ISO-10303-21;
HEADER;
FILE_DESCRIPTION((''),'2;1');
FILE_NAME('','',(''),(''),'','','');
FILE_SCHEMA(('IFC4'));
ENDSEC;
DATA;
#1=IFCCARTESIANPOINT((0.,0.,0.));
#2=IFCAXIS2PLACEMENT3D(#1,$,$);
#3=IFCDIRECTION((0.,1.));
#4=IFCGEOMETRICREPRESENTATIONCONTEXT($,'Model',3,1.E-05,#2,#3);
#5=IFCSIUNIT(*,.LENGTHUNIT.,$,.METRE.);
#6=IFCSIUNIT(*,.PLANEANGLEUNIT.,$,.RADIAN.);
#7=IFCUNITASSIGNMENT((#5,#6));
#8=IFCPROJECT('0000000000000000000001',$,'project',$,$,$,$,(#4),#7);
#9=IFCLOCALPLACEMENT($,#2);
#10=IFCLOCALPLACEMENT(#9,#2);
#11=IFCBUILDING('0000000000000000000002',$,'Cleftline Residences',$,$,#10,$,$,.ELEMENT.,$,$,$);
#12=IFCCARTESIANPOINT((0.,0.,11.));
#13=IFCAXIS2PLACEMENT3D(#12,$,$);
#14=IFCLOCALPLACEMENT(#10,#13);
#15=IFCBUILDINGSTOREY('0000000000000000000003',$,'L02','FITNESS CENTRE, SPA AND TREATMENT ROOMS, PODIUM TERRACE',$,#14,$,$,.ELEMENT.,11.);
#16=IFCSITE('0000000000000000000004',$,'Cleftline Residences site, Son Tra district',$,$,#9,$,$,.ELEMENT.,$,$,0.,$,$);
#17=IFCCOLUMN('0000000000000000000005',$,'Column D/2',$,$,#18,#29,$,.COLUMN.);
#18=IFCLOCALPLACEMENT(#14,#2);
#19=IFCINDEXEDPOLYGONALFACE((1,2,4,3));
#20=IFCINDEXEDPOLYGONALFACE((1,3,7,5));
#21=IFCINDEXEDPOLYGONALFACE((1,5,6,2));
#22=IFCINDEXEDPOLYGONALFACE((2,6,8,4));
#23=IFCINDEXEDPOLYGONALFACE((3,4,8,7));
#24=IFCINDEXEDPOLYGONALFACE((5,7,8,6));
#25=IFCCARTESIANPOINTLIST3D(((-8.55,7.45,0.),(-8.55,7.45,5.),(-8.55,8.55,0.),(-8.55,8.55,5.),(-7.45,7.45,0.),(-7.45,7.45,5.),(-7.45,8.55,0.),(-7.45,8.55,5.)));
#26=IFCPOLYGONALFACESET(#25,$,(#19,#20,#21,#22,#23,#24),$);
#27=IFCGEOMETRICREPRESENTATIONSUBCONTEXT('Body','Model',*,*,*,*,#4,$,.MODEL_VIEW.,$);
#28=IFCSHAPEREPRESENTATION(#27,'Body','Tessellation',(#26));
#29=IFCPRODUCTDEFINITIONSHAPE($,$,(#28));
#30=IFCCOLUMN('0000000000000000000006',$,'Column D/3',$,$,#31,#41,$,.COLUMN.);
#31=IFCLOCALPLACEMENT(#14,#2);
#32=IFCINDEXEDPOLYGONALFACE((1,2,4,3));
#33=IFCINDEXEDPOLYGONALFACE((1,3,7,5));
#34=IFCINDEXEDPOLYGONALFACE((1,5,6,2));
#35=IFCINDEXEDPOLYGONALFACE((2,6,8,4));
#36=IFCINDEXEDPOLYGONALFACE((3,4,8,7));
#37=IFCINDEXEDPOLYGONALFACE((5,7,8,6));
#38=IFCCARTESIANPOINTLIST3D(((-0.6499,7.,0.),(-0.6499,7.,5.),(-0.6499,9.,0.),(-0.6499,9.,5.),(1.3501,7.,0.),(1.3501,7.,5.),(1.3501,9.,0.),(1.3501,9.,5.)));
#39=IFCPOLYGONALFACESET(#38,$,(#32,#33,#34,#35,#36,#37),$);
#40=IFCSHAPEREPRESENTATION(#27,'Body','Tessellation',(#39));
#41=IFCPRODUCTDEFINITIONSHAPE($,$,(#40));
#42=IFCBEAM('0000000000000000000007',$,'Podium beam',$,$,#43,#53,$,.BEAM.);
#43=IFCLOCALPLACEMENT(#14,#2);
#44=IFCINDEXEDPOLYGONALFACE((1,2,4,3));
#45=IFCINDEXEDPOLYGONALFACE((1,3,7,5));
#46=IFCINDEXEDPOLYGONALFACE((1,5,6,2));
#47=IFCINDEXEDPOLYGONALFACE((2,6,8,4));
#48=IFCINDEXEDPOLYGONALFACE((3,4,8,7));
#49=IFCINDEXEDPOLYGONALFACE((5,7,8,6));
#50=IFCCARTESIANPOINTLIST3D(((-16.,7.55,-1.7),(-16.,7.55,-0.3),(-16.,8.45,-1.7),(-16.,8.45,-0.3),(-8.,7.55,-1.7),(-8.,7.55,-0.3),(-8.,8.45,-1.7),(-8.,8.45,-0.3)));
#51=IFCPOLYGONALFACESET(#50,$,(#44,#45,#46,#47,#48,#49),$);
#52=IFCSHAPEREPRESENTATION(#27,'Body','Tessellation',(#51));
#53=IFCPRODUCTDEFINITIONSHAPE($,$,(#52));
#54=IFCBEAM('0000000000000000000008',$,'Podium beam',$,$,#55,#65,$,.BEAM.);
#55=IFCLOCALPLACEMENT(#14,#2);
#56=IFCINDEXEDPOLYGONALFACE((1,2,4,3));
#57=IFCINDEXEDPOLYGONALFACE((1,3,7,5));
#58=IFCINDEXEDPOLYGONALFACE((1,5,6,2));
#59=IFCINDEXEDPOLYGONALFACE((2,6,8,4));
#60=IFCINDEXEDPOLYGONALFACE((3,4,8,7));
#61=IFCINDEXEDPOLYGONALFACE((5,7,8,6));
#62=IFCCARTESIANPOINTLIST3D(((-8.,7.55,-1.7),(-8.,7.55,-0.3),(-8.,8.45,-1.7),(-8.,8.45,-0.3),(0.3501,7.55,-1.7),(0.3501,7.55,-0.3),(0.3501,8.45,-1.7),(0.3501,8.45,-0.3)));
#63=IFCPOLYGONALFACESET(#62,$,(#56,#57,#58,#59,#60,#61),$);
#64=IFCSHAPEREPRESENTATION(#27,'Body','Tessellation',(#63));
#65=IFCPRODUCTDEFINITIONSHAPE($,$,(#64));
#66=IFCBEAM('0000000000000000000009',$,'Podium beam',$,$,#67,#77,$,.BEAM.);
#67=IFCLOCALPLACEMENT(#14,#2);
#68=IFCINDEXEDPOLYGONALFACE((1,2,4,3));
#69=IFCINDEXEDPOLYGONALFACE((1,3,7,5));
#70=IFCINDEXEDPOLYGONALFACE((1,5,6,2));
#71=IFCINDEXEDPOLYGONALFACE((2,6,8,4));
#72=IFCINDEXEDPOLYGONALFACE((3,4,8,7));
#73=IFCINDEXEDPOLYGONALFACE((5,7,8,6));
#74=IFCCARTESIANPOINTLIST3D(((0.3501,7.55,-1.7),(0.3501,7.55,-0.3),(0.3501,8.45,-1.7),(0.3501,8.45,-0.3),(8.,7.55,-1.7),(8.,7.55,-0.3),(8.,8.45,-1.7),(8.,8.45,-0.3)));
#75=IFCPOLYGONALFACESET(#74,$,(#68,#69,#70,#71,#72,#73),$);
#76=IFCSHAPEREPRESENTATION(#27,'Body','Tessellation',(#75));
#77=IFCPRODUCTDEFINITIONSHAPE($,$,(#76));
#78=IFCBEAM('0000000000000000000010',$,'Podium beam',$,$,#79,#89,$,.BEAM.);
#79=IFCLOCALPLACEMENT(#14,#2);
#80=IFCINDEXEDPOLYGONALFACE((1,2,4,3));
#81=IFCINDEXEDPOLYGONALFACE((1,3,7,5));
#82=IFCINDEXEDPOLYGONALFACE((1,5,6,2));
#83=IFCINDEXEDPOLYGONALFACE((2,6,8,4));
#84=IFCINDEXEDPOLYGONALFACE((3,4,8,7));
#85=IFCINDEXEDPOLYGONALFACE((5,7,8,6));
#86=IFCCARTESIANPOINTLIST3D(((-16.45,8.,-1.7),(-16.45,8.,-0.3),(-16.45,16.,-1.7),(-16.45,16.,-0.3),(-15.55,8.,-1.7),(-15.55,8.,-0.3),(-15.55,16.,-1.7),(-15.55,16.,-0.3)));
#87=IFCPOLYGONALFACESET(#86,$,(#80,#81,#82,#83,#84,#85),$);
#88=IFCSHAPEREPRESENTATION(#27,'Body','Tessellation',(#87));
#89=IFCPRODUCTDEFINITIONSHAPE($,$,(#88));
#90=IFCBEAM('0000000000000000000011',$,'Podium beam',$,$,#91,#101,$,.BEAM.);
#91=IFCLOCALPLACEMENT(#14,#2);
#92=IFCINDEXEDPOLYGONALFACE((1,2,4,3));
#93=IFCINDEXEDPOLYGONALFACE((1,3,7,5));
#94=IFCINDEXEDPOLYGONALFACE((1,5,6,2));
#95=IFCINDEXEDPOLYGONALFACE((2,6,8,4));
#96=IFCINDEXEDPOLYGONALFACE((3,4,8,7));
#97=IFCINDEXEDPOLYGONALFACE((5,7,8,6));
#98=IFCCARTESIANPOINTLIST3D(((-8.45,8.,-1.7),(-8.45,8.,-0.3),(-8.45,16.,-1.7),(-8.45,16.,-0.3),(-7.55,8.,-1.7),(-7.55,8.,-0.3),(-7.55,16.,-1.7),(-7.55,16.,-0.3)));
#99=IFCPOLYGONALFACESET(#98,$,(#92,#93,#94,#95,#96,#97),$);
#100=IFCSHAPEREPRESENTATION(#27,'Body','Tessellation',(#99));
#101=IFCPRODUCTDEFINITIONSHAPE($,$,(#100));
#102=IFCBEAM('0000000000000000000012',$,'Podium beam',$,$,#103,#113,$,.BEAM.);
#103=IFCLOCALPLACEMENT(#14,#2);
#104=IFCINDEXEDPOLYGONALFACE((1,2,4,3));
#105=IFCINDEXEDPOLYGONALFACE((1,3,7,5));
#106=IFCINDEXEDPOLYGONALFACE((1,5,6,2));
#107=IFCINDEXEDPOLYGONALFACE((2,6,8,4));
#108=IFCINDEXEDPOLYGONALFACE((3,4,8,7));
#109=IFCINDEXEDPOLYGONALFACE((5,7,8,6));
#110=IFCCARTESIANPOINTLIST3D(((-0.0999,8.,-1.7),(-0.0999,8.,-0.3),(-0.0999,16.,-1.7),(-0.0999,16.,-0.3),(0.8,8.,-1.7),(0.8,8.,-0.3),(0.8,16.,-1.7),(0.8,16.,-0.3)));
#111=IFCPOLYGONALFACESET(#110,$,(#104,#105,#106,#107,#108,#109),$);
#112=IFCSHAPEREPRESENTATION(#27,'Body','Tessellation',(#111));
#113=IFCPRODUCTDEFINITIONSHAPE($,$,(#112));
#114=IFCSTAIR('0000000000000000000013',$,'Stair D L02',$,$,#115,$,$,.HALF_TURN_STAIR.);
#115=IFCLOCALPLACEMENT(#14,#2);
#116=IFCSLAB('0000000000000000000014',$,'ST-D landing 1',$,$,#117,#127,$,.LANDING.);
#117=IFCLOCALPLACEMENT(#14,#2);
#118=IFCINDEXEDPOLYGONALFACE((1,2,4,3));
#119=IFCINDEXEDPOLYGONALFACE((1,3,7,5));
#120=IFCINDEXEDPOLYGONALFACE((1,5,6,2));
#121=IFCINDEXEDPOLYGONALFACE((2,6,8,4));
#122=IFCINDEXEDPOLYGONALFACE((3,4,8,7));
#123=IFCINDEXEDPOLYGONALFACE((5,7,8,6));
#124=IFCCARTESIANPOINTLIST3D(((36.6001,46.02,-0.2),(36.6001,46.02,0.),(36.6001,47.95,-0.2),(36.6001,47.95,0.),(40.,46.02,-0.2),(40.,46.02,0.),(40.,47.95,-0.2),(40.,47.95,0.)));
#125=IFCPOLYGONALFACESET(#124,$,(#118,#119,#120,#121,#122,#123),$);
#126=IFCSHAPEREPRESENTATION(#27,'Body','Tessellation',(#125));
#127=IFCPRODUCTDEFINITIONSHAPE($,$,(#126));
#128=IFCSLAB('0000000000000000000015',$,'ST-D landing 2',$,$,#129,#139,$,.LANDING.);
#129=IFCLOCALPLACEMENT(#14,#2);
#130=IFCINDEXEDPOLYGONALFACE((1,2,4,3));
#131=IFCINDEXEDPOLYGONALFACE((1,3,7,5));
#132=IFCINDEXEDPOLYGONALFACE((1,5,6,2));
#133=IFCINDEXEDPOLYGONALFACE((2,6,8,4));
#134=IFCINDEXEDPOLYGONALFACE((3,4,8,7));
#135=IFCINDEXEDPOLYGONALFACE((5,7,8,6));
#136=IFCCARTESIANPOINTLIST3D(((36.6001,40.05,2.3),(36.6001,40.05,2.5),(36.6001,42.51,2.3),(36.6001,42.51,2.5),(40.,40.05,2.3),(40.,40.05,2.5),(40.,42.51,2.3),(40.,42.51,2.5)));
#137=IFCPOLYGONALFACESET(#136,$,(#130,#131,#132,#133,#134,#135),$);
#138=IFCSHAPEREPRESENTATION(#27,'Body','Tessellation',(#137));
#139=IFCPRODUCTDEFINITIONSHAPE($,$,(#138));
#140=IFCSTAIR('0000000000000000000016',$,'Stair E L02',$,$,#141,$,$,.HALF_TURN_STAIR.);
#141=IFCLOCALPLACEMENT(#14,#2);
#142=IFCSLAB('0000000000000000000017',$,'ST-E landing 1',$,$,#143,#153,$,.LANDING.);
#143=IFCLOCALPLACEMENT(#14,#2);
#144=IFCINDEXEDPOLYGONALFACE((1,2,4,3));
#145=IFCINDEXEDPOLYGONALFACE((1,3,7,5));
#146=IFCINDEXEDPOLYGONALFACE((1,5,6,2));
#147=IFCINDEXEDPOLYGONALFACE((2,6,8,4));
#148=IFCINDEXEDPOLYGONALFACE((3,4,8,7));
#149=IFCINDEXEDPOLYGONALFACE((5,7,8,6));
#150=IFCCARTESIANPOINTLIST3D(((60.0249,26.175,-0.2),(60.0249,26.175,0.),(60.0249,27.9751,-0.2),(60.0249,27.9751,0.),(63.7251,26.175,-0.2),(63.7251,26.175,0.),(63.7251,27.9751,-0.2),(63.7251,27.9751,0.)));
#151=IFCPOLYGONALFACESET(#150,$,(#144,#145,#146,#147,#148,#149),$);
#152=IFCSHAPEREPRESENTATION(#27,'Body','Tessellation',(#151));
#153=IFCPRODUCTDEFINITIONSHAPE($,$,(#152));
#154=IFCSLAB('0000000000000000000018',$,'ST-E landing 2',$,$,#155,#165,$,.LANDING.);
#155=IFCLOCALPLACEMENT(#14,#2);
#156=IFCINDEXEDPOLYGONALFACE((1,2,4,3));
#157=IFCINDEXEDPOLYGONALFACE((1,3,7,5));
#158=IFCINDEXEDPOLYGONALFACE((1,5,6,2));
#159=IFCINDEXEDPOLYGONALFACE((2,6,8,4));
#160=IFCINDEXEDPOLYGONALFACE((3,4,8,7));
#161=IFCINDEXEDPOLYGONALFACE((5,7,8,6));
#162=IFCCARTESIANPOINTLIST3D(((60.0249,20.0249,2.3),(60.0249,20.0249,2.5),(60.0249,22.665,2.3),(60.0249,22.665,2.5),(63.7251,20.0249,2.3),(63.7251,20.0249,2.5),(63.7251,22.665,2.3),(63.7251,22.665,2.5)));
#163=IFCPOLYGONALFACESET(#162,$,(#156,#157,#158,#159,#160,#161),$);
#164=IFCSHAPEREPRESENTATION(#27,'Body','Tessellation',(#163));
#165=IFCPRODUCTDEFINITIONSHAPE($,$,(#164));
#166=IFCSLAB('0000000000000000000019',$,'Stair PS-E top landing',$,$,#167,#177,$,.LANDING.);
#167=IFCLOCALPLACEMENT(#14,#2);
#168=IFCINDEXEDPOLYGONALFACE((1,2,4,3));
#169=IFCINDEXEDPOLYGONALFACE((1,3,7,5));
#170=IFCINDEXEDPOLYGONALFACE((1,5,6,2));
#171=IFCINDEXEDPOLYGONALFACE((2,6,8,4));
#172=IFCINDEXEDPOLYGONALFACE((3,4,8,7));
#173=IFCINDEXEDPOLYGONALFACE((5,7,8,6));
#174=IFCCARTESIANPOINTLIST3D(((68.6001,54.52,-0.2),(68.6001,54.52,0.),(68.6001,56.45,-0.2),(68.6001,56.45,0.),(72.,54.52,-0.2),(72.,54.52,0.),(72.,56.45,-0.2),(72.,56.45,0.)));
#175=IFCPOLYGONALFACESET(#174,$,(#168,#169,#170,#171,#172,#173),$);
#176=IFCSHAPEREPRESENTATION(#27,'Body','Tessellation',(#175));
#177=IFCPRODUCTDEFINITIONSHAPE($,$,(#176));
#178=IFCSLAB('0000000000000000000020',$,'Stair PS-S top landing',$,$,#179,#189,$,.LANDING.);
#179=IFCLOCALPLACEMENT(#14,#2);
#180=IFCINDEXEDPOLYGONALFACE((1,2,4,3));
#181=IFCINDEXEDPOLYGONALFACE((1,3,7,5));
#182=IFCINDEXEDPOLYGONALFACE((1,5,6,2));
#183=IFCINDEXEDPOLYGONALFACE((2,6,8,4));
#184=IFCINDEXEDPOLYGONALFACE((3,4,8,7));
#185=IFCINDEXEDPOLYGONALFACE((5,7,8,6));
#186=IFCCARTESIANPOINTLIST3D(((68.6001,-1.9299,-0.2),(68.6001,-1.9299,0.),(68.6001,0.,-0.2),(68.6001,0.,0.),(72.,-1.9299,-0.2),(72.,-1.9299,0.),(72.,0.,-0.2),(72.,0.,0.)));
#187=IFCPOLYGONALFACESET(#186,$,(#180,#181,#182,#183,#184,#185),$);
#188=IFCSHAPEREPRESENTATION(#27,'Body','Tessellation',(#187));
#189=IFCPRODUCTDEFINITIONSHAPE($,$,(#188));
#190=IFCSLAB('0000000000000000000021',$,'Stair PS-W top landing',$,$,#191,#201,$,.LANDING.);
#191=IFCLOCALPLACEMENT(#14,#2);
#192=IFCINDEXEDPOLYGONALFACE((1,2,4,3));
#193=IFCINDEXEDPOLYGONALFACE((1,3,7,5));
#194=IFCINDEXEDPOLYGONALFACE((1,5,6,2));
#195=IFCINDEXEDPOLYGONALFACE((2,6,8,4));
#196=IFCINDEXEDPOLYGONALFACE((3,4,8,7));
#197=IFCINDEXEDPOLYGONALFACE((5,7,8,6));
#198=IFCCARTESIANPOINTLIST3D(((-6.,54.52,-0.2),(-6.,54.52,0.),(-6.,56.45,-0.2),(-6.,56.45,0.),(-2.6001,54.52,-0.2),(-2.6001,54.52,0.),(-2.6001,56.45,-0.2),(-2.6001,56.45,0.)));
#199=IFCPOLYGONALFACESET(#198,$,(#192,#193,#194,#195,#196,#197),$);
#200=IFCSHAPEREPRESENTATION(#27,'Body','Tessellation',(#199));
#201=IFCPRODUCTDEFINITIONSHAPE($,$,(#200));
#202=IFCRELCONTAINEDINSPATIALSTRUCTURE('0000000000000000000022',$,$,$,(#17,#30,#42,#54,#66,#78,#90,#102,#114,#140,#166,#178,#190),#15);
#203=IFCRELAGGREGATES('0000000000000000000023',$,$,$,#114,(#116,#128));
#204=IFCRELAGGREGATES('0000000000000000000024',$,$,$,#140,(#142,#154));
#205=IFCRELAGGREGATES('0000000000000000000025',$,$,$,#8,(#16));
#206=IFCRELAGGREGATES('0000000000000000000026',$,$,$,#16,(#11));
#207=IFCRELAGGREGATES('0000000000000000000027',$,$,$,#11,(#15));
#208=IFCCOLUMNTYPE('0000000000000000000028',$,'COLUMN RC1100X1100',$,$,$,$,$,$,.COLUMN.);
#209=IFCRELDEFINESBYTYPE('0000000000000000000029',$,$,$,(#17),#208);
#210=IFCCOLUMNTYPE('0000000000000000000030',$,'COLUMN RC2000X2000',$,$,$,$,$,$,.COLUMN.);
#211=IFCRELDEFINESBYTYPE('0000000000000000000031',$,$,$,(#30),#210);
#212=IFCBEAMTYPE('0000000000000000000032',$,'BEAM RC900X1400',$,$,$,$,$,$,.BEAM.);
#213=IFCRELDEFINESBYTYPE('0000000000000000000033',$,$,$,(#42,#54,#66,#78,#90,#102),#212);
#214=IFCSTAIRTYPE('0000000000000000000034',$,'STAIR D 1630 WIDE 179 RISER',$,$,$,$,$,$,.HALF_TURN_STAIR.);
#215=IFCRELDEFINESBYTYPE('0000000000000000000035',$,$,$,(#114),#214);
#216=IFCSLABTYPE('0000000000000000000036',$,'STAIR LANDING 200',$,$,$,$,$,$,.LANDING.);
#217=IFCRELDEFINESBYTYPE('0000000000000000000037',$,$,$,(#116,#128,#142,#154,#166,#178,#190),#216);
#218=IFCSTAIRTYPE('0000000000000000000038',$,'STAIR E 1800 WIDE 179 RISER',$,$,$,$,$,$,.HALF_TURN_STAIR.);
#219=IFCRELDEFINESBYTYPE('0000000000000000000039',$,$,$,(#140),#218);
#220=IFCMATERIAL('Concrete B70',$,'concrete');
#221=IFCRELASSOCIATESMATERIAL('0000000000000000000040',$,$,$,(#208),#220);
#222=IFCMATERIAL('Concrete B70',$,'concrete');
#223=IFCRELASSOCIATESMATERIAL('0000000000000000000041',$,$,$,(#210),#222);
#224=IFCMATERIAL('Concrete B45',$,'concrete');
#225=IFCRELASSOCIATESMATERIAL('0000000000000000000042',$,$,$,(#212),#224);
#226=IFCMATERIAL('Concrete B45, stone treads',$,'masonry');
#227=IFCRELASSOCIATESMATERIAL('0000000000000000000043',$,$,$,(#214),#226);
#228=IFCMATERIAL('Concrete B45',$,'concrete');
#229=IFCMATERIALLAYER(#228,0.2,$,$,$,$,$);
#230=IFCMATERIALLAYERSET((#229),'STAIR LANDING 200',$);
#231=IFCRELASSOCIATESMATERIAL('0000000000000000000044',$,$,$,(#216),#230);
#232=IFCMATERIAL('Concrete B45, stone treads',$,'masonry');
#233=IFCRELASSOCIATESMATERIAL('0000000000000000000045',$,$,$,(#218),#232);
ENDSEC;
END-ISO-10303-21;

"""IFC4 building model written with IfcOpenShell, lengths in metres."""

from ifc_helpers import new_model, si_unit, direction, frame, origin, origin_2d, place, context, subcontext, project, spatial, polyline, rectangle, outline, extrude, material, layer, layer_set, material_profile, profile_set, type_object, element, aggregate, save


model = new_model("IFC4")

# Units and contexts
model_context = context("Model", 3, precision=1e-05, world=origin(), true_north=direction((0.0, 1.0)))
body_context = subcontext(model_context, "Body", "Model", "MODEL_VIEW")
ifc_project = project(units=[si_unit("LENGTHUNIT", "METRE"), si_unit("PLANEANGLEUNIT", "RADIAN")], contexts=[model_context])

# Site, building, storey
site_placement = place(None, origin())
site = spatial("IfcSite", under=ifc_project, at=site_placement, Name="Cleftline Residences site, Son Tra district", CompositionType="ELEMENT", RefElevation=0.0)
building_placement = place(site_placement, origin())
building = spatial("IfcBuilding", under=site, at=building_placement, Name="Cleftline Residences", CompositionType="ELEMENT")
storey_placement = place(building_placement, frame((0.0, 0.0, 11.0)))
storey = spatial("IfcBuildingStorey", under=building, at=storey_placement, Name="L02", Description="FITNESS CENTRE, SPA AND TREATMENT ROOMS, PODIUM TERRACE", CompositionType="ELEMENT", Elevation=11.0)

# Columns
ifc_material_1 = material(Name="Concrete B70", Category="concrete")
ifc_material_profile_1 = material_profile(ifc_material_1, rectangle(XDim=1.1001, YDim=1.1001, at=origin_2d()))
ifc_profile_set_1 = profile_set([ifc_material_profile_1], Name="Concrete B70")
column_type_1 = type_object("IfcColumnType", Name="COLUMN RC1100X1100", PredefinedType="COLUMN", material=ifc_profile_set_1)
column_1_placement = place(storey_placement, frame((-8.0, 8.0, 0.0), z_axis=(0.0, 0.0, 1.0), x_axis=(1.0, 0.0, 0.0)))
element("IfcColumn", 1, at=column_1_placement, inside=storey, type_object=column_type_1, Name="Column D/2", PredefinedType="COLUMN", context=body_context, shape_type="SweptSolid", body=[
    extrude(rectangle(XDim=1.1001, YDim=1.1001, at=origin_2d()), origin(), (0.0, 0.0, 1.0), 5.0),
])
ifc_material_2 = material(Name="Concrete B70", Category="concrete")
ifc_material_profile_2 = material_profile(ifc_material_2, rectangle(XDim=2.0, YDim=2.0, at=origin_2d()))
ifc_profile_set_2 = profile_set([ifc_material_profile_2], Name="Concrete B70")
column_type_2 = type_object("IfcColumnType", Name="COLUMN RC2000X2000", PredefinedType="COLUMN", material=ifc_profile_set_2)
column_2_placement = place(storey_placement, frame((0.3501, 8.0, 0.0), z_axis=(0.0, 0.0, 1.0), x_axis=(1.0, 0.0, 0.0)))
element("IfcColumn", 2, at=column_2_placement, inside=storey, type_object=column_type_2, Name="Column D/3", PredefinedType="COLUMN", context=body_context, shape_type="SweptSolid", body=[
    extrude(rectangle(XDim=2.0, YDim=2.0, at=origin_2d()), origin(), (0.0, 0.0, 1.0), 5.0),
])

# Beams
ifc_material_3 = material(Name="Concrete B45", Category="concrete")
ifc_material_profile_3 = material_profile(ifc_material_3, rectangle(XDim=0.8999, YDim=1.3999, at=origin_2d()))
ifc_profile_set_3 = profile_set([ifc_material_profile_3], Name="Concrete B45")
beam_type = type_object("IfcBeamType", Name="BEAM RC900X1400", PredefinedType="BEAM", material=ifc_profile_set_3)
beam_1_placement = place(storey_placement, frame((-16.0, 8.0, -1.0), z_axis=(1.0, 0.0, 0.0), x_axis=(0.0, 1.0, 0.0)))
element("IfcBeam", 3, at=beam_1_placement, inside=storey, type_object=beam_type, Name="Podium beam", PredefinedType="BEAM", context=body_context, shape_type="SweptSolid", body=[
    extrude(rectangle(XDim=0.8999, YDim=1.3999, at=origin_2d()), origin(), (0.0, 0.0, 1.0), 8.0),
])
beam_2_placement = place(storey_placement, frame((-8.0, 8.0, -1.0), z_axis=(1.0, 0.0, 0.0), x_axis=(0.0, 1.0, 0.0)))
element("IfcBeam", 4, at=beam_2_placement, inside=storey, type_object=beam_type, Name="Podium beam", PredefinedType="BEAM", context=body_context, shape_type="SweptSolid", body=[
    extrude(rectangle(XDim=0.8999, YDim=1.3999, at=origin_2d()), origin(), (0.0, 0.0, 1.0), 8.3501),
])
beam_3_placement = place(storey_placement, frame((0.3501, 8.0, -1.0), z_axis=(1.0, 0.0, 0.0), x_axis=(0.0, 1.0, 0.0)))
element("IfcBeam", 5, at=beam_3_placement, inside=storey, type_object=beam_type, Name="Podium beam", PredefinedType="BEAM", context=body_context, shape_type="SweptSolid", body=[
    extrude(rectangle(XDim=0.8999, YDim=1.3999, at=origin_2d()), origin(), (0.0, 0.0, 1.0), 7.6499),
])
for number, where, z_axis, x_axis, name in (
    (6, (-16.0, 8.0, -1.0), (0.0, 1.0, 0.0), (-1.0, 0.0, 0.0), "Podium beam"),
    (7, (-8.0, 8.0, -1.0), (0.0, 1.0, 0.0), (-1.0, 0.0, 0.0), "Podium beam"),
    (8, (0.3501, 8.0, -1.0), (0.0, 1.0, 0.0), (-1.0, 0.0, 0.0), "Podium beam"),
):
    element("IfcBeam", number, at=place(storey_placement, frame(where, z_axis=z_axis, x_axis=x_axis)), inside=storey, type_object=beam_type, Name=name, PredefinedType="BEAM", context=body_context, shape_type="SweptSolid", body=[
        extrude(rectangle(XDim=0.8999, YDim=1.3999, at=origin_2d()), origin(), (0.0, 0.0, 1.0), 8.0),
    ])

# Stairs, slabs
ifc_material_4 = material(Name="Concrete B45, stone treads", Category="masonry")
stair_type_1 = type_object("IfcStairType", Name="STAIR D 1630 WIDE 179 RISER", PredefinedType="HALF_TURN_STAIR", material=ifc_material_4)
stair_1_placement = place(storey_placement, origin())
stair_1 = element("IfcStair", 9, at=stair_1_placement, inside=storey, type_object=stair_type_1, Name="Stair D L02", PredefinedType="HALF_TURN_STAIR")
ifc_material_5 = material(Name="Concrete B45", Category="concrete")
ifc_layer_1 = layer(ifc_material_5, 0.2)
ifc_layer_set_1 = layer_set([ifc_layer_1], Name="STAIR LANDING 200")
slab_type = type_object("IfcSlabType", Name="STAIR LANDING 200", PredefinedType="LANDING", material=ifc_layer_set_1)
slab_1_placement = place(storey_placement, frame((0.0, 0.0, -0.2)))
slab_1 = element("IfcSlab", 10, at=slab_1_placement, type_object=slab_type, Name="ST-D landing 1", PredefinedType="LANDING", context=body_context, shape_type="SweptSolid", body=[
    extrude(outline(polyline([(36.6001, 46.02), (40.0, 46.02), (40.0, 47.95), (36.6001, 47.95), (36.6001, 46.02)])), origin(), (0.0, 0.0, 1.0), 0.2),
])
slab_2_placement = place(storey_placement, frame((0.0, 0.0, 2.3)))
slab_2 = element("IfcSlab", 11, at=slab_2_placement, type_object=slab_type, Name="ST-D landing 2", PredefinedType="LANDING", context=body_context, shape_type="SweptSolid", body=[
    extrude(outline(polyline([(36.6001, 40.05), (40.0, 40.05), (40.0, 42.51), (36.6001, 42.51), (36.6001, 40.05)])), origin(), (0.0, 0.0, 1.0), 0.2),
])
aggregate(stair_1, [slab_1, slab_2])
ifc_material_6 = material(Name="Concrete B45, stone treads", Category="masonry")
stair_type_2 = type_object("IfcStairType", Name="STAIR E 1800 WIDE 179 RISER", PredefinedType="HALF_TURN_STAIR", material=ifc_material_6)
stair_2_placement = place(storey_placement, origin())
stair_2 = element("IfcStair", 12, at=stair_2_placement, inside=storey, type_object=stair_type_2, Name="Stair E L02", PredefinedType="HALF_TURN_STAIR")
slab_3_placement = place(storey_placement, frame((0.0, 0.0, -0.2)))
slab_3 = element("IfcSlab", 13, at=slab_3_placement, type_object=slab_type, Name="ST-E landing 1", PredefinedType="LANDING", context=body_context, shape_type="SweptSolid", body=[
    extrude(outline(polyline([(60.0249, 26.175), (63.7251, 26.175), (63.7251, 27.9751), (60.0249, 27.9751), (60.0249, 26.175)])), origin(), (0.0, 0.0, 1.0), 0.2),
])
slab_4_placement = place(storey_placement, frame((0.0, 0.0, 2.3)))
slab_4 = element("IfcSlab", 14, at=slab_4_placement, type_object=slab_type, Name="ST-E landing 2", PredefinedType="LANDING", context=body_context, shape_type="SweptSolid", body=[
    extrude(outline(polyline([(60.0249, 20.0249), (63.7251, 20.0249), (63.7251, 22.665), (60.0249, 22.665), (60.0249, 20.0249)])), origin(), (0.0, 0.0, 1.0), 0.2),
])
aggregate(stair_2, [slab_3, slab_4])

# Slabs
slab_5_placement = place(storey_placement, frame((0.0, 0.0, -0.2)))
element("IfcSlab", 15, at=slab_5_placement, inside=storey, type_object=slab_type, Name="Stair PS-E top landing", PredefinedType="LANDING", context=body_context, shape_type="SweptSolid", body=[
    extrude(outline(polyline([(68.6001, 54.52), (72.0, 54.52), (72.0, 56.45), (68.6001, 56.45), (68.6001, 54.52)])), origin(), (0.0, 0.0, 1.0), 0.2),
])
slab_6_placement = place(storey_placement, frame((0.0, 0.0, -0.2)))
element("IfcSlab", 16, at=slab_6_placement, inside=storey, type_object=slab_type, Name="Stair PS-S top landing", PredefinedType="LANDING", context=body_context, shape_type="SweptSolid", body=[
    extrude(outline(polyline([(68.6001, -1.9299), (72.0, -1.9299), (72.0, 0.0), (68.6001, 0.0), (68.6001, -1.9299)])), origin(), (0.0, 0.0, 1.0), 0.2),
])
slab_7_placement = place(storey_placement, frame((0.0, 0.0, -0.2)))
element("IfcSlab", 17, at=slab_7_placement, inside=storey, type_object=slab_type, Name="Stair PS-W top landing", PredefinedType="LANDING", context=body_context, shape_type="SweptSolid", body=[
    extrude(outline(polyline([(-6.0, 54.52), (-2.6001, 54.52), (-2.6001, 56.45), (-6.0, 56.45), (-6.0, 54.52)])), origin(), (0.0, 0.0, 1.0), 0.2),
])

save(model, "model.ifc")
